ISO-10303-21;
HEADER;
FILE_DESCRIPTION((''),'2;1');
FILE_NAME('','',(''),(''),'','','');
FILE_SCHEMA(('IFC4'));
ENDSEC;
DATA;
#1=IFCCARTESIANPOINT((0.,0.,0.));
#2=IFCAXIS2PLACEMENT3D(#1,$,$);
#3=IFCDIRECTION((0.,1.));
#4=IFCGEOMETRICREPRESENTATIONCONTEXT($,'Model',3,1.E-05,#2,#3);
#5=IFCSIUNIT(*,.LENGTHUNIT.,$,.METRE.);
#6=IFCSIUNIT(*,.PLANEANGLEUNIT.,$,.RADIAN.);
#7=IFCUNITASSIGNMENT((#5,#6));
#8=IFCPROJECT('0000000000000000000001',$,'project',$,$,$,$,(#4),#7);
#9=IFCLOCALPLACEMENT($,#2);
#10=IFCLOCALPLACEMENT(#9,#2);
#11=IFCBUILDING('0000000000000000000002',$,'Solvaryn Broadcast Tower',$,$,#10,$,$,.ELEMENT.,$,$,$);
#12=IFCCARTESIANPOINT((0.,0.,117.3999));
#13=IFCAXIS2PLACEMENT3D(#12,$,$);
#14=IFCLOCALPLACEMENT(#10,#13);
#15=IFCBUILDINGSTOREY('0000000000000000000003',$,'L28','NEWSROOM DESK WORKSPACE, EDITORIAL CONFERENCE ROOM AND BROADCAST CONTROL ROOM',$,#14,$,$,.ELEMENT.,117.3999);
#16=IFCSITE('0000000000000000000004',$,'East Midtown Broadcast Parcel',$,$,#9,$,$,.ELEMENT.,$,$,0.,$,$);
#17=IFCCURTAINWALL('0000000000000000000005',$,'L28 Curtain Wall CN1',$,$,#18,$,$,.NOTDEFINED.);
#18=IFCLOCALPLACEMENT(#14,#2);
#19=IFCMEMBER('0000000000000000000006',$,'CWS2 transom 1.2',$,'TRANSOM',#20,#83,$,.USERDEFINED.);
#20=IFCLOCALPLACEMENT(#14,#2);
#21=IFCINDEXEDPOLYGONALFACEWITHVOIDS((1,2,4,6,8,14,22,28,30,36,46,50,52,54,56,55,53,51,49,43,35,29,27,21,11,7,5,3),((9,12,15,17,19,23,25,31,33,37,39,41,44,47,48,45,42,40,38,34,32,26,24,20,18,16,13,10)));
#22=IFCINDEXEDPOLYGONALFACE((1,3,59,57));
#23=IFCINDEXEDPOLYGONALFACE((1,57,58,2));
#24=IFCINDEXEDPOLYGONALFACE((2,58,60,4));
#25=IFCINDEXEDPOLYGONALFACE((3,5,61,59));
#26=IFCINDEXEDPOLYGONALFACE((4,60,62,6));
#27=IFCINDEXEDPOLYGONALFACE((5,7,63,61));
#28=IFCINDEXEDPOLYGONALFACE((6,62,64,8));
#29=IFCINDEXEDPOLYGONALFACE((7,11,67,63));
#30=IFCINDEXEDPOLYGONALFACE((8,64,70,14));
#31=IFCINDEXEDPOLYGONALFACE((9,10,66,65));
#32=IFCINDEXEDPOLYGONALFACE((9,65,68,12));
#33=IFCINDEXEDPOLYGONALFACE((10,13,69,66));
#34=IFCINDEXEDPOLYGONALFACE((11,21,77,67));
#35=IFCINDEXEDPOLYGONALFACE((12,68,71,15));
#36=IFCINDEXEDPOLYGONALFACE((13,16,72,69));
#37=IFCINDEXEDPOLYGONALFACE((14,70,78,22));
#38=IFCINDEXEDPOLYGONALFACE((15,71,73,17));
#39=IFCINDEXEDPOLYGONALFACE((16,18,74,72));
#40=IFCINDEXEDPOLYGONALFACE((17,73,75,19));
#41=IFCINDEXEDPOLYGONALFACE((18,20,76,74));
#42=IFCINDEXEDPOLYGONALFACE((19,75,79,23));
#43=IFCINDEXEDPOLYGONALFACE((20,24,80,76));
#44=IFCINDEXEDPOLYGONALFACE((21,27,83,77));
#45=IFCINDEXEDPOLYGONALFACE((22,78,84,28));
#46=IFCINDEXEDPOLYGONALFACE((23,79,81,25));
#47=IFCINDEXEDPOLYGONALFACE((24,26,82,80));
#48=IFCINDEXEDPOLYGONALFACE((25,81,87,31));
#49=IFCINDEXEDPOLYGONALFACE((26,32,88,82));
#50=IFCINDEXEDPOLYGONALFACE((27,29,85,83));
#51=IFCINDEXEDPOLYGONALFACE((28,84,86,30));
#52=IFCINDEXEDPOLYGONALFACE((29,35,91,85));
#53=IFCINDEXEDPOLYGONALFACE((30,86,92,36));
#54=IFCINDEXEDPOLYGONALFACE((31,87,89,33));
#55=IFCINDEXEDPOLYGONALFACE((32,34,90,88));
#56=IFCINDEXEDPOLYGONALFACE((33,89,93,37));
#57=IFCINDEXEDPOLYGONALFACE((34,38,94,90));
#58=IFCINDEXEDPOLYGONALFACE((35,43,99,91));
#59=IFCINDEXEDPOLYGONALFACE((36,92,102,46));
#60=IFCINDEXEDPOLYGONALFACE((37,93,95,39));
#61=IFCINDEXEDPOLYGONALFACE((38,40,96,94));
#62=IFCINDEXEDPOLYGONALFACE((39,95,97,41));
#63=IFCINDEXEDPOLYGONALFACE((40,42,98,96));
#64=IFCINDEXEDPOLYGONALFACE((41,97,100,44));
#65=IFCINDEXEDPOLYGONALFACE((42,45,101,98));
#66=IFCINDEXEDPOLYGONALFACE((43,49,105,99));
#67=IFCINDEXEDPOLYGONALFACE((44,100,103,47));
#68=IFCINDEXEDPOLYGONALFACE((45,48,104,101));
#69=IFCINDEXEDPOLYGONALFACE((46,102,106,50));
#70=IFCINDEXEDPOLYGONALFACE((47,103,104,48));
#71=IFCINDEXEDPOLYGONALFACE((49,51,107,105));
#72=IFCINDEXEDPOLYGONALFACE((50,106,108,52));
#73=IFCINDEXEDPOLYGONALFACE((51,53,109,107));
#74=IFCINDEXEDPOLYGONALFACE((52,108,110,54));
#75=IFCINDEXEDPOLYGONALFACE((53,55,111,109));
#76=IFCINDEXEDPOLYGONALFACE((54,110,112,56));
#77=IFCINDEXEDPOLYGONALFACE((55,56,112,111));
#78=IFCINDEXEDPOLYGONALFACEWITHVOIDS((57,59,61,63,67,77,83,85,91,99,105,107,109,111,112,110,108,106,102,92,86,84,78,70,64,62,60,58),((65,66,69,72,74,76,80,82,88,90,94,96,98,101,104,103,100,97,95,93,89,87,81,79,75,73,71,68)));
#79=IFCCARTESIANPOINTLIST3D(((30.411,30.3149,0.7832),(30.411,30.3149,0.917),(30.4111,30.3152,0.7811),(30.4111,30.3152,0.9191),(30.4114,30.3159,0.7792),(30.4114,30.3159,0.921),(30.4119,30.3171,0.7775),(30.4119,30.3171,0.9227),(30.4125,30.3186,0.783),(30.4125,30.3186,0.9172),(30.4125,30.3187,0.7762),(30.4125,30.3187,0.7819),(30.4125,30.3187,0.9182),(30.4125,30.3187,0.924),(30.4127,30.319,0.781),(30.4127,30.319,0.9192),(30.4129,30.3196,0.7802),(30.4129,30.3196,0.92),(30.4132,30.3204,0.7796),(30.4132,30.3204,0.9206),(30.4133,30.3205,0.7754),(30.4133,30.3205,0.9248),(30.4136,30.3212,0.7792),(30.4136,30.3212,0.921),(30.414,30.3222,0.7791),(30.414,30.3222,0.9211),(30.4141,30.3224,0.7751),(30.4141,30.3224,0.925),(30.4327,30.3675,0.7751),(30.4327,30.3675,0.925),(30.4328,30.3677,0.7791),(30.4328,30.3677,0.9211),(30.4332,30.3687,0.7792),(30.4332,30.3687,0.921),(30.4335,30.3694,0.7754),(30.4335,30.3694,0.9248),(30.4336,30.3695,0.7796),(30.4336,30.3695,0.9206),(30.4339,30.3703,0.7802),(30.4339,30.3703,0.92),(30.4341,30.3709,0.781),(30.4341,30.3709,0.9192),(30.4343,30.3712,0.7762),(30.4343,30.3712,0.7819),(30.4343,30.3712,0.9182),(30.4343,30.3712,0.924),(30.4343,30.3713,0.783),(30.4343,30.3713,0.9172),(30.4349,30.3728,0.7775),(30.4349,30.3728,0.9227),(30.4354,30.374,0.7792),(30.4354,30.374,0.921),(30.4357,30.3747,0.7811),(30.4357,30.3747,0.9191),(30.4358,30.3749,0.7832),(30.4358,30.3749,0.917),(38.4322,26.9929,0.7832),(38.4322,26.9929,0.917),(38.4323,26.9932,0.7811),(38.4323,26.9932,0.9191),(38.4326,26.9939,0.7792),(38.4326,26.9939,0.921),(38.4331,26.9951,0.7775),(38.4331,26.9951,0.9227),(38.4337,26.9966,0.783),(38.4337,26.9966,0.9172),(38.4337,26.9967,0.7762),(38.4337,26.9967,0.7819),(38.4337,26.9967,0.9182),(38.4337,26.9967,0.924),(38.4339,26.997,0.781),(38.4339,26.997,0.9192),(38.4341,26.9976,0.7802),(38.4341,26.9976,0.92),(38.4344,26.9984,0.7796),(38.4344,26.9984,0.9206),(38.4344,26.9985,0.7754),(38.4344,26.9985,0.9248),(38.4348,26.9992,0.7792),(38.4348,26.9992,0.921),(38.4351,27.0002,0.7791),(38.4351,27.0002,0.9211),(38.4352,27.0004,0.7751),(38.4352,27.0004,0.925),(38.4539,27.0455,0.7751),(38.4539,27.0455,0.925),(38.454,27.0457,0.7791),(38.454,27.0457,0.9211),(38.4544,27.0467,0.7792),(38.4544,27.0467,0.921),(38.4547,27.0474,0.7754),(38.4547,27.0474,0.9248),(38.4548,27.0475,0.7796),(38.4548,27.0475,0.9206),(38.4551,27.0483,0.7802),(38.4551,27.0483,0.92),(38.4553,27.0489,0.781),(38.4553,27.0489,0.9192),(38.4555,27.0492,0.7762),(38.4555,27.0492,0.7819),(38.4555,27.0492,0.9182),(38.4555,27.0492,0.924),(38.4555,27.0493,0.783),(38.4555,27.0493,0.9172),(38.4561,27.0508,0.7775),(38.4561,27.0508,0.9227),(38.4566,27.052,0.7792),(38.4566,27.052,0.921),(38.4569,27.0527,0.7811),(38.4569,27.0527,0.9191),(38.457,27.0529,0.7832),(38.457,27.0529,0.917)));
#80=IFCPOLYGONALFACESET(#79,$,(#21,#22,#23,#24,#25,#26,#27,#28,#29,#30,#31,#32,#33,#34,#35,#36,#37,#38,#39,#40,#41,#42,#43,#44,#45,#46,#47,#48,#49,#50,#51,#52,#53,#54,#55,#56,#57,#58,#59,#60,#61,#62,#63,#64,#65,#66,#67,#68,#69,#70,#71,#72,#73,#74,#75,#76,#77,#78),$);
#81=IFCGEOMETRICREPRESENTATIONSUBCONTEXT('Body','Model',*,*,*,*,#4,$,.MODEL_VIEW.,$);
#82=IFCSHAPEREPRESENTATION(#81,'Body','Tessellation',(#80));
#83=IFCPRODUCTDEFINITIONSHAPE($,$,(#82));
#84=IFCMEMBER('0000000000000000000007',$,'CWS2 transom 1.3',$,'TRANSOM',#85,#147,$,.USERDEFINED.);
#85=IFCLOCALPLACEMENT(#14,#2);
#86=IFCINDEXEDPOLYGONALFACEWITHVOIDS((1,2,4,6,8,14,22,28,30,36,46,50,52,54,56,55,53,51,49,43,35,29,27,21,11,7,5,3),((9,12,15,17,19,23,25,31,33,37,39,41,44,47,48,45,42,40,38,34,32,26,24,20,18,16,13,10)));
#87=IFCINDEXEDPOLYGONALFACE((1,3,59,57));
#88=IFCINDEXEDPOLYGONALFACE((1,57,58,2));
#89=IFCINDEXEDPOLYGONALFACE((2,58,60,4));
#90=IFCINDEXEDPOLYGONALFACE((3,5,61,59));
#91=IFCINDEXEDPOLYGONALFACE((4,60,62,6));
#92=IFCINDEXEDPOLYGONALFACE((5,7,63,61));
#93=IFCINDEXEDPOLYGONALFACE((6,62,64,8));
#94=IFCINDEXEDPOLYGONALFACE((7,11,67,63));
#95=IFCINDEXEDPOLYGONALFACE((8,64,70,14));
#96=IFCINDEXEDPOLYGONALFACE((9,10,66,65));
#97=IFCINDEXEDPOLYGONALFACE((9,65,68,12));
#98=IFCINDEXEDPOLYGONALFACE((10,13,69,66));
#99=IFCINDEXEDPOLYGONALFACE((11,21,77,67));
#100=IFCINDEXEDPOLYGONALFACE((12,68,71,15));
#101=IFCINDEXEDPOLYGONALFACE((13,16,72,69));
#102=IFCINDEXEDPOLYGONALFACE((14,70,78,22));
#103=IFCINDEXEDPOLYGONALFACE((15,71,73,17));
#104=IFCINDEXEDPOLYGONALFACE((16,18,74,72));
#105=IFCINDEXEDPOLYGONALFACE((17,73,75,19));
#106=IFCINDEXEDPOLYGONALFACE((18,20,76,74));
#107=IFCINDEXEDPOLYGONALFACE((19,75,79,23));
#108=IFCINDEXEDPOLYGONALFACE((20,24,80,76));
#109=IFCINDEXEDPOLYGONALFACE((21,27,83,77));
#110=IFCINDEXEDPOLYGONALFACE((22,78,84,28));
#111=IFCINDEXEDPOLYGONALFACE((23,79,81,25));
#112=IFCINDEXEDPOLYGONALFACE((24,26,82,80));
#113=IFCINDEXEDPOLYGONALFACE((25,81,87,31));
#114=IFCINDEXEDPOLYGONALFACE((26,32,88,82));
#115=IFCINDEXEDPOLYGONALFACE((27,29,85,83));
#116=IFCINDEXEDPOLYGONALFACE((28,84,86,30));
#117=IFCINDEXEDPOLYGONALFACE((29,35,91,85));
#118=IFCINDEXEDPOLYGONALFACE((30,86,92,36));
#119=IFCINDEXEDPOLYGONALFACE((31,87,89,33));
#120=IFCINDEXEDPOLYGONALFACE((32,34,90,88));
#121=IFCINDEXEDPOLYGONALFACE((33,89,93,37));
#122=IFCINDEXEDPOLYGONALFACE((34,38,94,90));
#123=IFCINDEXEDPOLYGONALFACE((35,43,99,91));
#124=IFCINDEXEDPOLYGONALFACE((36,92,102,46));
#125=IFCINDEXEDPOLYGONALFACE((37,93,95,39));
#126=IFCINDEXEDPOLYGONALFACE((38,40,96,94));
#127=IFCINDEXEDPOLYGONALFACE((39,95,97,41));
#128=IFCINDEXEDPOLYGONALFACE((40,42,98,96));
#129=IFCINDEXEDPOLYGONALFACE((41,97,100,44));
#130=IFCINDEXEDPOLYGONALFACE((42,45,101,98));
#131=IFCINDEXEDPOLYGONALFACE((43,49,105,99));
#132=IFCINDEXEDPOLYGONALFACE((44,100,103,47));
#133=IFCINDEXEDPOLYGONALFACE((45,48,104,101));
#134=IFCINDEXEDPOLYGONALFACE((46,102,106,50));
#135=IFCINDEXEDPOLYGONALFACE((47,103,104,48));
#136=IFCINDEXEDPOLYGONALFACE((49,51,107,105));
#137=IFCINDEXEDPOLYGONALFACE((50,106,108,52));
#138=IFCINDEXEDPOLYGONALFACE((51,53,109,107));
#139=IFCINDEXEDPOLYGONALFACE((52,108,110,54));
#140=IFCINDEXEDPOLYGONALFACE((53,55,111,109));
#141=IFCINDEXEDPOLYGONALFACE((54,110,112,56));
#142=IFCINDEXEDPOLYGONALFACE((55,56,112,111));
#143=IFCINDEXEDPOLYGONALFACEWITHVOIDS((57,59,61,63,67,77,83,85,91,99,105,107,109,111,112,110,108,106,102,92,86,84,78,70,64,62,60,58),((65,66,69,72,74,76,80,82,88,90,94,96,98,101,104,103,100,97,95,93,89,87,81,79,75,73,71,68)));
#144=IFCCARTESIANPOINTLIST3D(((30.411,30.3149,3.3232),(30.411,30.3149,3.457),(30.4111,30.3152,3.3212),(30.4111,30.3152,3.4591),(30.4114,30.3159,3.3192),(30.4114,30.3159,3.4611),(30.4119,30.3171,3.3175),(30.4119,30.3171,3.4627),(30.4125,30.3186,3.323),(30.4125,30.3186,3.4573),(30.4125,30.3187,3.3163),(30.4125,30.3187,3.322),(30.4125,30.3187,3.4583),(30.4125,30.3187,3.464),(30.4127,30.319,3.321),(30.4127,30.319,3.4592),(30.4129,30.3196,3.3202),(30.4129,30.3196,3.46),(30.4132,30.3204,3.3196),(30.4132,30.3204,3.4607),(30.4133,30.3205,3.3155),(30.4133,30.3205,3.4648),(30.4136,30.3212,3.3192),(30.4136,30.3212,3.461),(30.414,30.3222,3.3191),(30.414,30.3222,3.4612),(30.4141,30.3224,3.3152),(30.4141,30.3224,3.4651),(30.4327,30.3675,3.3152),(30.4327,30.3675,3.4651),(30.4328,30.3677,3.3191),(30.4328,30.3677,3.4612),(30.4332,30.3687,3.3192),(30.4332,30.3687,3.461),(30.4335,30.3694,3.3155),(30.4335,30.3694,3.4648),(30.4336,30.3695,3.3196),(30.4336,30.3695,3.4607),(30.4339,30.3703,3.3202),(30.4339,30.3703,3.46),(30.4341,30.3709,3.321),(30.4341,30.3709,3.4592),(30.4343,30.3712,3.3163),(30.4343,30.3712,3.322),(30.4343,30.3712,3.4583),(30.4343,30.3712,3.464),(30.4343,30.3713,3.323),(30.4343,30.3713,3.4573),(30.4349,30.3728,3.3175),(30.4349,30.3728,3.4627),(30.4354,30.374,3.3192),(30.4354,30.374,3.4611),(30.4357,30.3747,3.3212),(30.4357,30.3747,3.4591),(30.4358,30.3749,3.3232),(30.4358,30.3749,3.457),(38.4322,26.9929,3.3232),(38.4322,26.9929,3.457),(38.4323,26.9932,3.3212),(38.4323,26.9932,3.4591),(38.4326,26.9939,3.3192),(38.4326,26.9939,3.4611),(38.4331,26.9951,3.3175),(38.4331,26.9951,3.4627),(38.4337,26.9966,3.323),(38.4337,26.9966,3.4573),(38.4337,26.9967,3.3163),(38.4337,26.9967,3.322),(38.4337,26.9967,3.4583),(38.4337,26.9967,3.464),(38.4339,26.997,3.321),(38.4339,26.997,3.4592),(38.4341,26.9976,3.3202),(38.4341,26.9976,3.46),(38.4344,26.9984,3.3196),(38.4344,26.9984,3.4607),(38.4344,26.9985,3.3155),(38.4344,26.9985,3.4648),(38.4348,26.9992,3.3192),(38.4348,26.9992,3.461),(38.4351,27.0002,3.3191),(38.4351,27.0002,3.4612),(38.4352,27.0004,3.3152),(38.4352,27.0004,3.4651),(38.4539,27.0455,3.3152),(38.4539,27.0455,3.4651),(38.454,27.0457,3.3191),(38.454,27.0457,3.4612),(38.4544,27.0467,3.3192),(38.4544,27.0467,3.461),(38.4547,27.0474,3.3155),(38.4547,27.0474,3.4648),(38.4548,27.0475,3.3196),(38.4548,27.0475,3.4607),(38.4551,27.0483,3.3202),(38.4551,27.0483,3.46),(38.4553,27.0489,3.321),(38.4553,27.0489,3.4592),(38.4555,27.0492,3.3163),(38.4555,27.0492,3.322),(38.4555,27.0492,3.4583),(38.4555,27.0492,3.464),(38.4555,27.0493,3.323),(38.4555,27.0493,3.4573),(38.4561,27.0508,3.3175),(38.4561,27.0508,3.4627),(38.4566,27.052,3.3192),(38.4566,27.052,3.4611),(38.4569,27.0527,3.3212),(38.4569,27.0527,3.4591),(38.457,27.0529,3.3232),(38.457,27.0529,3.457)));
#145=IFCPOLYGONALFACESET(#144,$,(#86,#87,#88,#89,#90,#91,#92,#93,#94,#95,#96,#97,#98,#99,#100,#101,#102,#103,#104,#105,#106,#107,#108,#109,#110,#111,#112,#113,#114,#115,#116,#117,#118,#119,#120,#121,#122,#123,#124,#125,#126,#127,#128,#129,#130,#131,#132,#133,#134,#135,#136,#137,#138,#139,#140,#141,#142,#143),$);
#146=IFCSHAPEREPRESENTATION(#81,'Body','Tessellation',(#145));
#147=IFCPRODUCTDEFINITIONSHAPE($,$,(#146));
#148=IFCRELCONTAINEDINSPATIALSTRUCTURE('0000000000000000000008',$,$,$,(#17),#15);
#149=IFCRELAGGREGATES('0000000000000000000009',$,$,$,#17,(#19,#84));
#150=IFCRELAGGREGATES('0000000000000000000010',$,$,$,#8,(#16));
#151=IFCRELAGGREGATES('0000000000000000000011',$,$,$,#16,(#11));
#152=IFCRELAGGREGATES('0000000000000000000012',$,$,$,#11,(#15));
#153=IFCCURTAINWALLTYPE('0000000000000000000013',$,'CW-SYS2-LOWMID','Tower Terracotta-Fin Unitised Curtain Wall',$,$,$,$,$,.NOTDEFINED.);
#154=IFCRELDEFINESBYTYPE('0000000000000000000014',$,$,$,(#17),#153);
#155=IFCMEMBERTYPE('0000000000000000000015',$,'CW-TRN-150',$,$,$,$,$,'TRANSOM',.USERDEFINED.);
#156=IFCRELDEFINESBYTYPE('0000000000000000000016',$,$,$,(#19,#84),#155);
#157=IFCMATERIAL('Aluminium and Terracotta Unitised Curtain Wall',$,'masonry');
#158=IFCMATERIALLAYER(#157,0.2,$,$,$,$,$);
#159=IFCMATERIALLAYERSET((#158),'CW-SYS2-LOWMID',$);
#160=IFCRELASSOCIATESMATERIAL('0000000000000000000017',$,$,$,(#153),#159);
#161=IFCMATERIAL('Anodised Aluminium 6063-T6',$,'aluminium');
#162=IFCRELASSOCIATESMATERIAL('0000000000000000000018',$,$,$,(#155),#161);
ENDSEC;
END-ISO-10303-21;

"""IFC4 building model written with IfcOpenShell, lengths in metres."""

from ifc_helpers import new_model, si_unit, direction, frame, origin, origin_2d, place, context, subcontext, project, spatial, hollow_rectangle, extrude, material, layer, layer_set, material_profile, profile_set, type_object, element, aggregate, save


model = new_model("IFC4")

# Units and contexts
model_context = context("Model", 3, precision=1e-05, world=origin(), true_north=direction((0.0, 1.0)))
body_context = subcontext(model_context, "Body", "Model", "MODEL_VIEW")
ifc_project = project(units=[si_unit("LENGTHUNIT", "METRE"), si_unit("PLANEANGLEUNIT", "RADIAN")], contexts=[model_context])

# Site, building, storey
site_placement = place(None, origin())
site = spatial("IfcSite", under=ifc_project, at=site_placement, Name="East Midtown Broadcast Parcel", CompositionType="ELEMENT", RefElevation=0.0)
building_placement = place(site_placement, origin())
building = spatial("IfcBuilding", under=site, at=building_placement, Name="Solvaryn Broadcast Tower", CompositionType="ELEMENT")
storey_placement = place(building_placement, frame((0.0, 0.0, 117.3999)))
storey = spatial("IfcBuildingStorey", under=building, at=storey_placement, Name="L28", Description="NEWSROOM DESK WORKSPACE, EDITORIAL CONFERENCE ROOM AND BROADCAST CONTROL ROOM", CompositionType="ELEMENT", Elevation=117.3999)

# Curtain wall
ifc_material_1 = material(Name="Aluminium and Terracotta Unitised Curtain Wall", Category="masonry")
ifc_layer_1 = layer(ifc_material_1, 0.2)
ifc_layer_set_1 = layer_set([ifc_layer_1], Name="CW-SYS2-LOWMID")
curtain_wall_type = type_object("IfcCurtainWallType", Name="CW-SYS2-LOWMID", Description="Tower Terracotta-Fin Unitised Curtain Wall", PredefinedType="NOTDEFINED", material=ifc_layer_set_1)
curtain_wall_1_placement = place(storey_placement, origin())
curtain_wall_1 = element("IfcCurtainWall", 1, at=curtain_wall_1_placement, inside=storey, type_object=curtain_wall_type, Name="L28 Curtain Wall CN1", PredefinedType="NOTDEFINED")

# Members
ifc_material_2 = material(Name="Anodised Aluminium 6063-T6", Category="aluminium")
ifc_material_profile_1 = material_profile(ifc_material_2, hollow_rectangle(XDim=0.0649, YDim=0.1499, WallThickness=0.0039, InnerFilletRadius=0.0039, OuterFilletRadius=0.0081, at=origin_2d()))
ifc_profile_set_1 = profile_set([ifc_material_profile_1], Name="Anodised Aluminium 6063-T6")
member_type_1 = type_object("IfcMemberType", Name="CW-TRN-150", ElementType="TRANSOM", PredefinedType="USERDEFINED", material=ifc_profile_set_1)
member_1_placement = place(storey_placement, frame((38.4446, 27.0229, 0.8501), z_axis=(-0.923899, 0.382636, 0.0), x_axis=(-0.382636, -0.923899, 0.0)))
member_1 = element("IfcMember", 2, at=member_1_placement, type_object=member_type_1, Name="CWS2 transom 1.2", ObjectType="TRANSOM", PredefinedType="USERDEFINED", context=body_context, shape_type="SweptSolid", body=[
    extrude(hollow_rectangle(XDim=0.0649, YDim=0.1499, WallThickness=0.0039, InnerFilletRadius=0.0039, OuterFilletRadius=0.0081, at=origin_2d()), origin(), (0.0, 0.0, 1.0), 8.6819),
])
member_2_placement = place(storey_placement, frame((38.4446, 27.0229, 3.3901), z_axis=(-0.923899, 0.382636, 0.0), x_axis=(-0.382636, -0.923899, 0.0)))
member_2 = element("IfcMember", 3, at=member_2_placement, type_object=member_type_1, Name="CWS2 transom 1.3", ObjectType="TRANSOM", PredefinedType="USERDEFINED", context=body_context, shape_type="SweptSolid", body=[
    extrude(hollow_rectangle(XDim=0.0649, YDim=0.1499, WallThickness=0.0039, InnerFilletRadius=0.0039, OuterFilletRadius=0.0081, at=origin_2d()), origin(), (0.0, 0.0, 1.0), 8.6819),
])
aggregate(curtain_wall_1, [member_1, member_2])

save(model, "model.ifc")
